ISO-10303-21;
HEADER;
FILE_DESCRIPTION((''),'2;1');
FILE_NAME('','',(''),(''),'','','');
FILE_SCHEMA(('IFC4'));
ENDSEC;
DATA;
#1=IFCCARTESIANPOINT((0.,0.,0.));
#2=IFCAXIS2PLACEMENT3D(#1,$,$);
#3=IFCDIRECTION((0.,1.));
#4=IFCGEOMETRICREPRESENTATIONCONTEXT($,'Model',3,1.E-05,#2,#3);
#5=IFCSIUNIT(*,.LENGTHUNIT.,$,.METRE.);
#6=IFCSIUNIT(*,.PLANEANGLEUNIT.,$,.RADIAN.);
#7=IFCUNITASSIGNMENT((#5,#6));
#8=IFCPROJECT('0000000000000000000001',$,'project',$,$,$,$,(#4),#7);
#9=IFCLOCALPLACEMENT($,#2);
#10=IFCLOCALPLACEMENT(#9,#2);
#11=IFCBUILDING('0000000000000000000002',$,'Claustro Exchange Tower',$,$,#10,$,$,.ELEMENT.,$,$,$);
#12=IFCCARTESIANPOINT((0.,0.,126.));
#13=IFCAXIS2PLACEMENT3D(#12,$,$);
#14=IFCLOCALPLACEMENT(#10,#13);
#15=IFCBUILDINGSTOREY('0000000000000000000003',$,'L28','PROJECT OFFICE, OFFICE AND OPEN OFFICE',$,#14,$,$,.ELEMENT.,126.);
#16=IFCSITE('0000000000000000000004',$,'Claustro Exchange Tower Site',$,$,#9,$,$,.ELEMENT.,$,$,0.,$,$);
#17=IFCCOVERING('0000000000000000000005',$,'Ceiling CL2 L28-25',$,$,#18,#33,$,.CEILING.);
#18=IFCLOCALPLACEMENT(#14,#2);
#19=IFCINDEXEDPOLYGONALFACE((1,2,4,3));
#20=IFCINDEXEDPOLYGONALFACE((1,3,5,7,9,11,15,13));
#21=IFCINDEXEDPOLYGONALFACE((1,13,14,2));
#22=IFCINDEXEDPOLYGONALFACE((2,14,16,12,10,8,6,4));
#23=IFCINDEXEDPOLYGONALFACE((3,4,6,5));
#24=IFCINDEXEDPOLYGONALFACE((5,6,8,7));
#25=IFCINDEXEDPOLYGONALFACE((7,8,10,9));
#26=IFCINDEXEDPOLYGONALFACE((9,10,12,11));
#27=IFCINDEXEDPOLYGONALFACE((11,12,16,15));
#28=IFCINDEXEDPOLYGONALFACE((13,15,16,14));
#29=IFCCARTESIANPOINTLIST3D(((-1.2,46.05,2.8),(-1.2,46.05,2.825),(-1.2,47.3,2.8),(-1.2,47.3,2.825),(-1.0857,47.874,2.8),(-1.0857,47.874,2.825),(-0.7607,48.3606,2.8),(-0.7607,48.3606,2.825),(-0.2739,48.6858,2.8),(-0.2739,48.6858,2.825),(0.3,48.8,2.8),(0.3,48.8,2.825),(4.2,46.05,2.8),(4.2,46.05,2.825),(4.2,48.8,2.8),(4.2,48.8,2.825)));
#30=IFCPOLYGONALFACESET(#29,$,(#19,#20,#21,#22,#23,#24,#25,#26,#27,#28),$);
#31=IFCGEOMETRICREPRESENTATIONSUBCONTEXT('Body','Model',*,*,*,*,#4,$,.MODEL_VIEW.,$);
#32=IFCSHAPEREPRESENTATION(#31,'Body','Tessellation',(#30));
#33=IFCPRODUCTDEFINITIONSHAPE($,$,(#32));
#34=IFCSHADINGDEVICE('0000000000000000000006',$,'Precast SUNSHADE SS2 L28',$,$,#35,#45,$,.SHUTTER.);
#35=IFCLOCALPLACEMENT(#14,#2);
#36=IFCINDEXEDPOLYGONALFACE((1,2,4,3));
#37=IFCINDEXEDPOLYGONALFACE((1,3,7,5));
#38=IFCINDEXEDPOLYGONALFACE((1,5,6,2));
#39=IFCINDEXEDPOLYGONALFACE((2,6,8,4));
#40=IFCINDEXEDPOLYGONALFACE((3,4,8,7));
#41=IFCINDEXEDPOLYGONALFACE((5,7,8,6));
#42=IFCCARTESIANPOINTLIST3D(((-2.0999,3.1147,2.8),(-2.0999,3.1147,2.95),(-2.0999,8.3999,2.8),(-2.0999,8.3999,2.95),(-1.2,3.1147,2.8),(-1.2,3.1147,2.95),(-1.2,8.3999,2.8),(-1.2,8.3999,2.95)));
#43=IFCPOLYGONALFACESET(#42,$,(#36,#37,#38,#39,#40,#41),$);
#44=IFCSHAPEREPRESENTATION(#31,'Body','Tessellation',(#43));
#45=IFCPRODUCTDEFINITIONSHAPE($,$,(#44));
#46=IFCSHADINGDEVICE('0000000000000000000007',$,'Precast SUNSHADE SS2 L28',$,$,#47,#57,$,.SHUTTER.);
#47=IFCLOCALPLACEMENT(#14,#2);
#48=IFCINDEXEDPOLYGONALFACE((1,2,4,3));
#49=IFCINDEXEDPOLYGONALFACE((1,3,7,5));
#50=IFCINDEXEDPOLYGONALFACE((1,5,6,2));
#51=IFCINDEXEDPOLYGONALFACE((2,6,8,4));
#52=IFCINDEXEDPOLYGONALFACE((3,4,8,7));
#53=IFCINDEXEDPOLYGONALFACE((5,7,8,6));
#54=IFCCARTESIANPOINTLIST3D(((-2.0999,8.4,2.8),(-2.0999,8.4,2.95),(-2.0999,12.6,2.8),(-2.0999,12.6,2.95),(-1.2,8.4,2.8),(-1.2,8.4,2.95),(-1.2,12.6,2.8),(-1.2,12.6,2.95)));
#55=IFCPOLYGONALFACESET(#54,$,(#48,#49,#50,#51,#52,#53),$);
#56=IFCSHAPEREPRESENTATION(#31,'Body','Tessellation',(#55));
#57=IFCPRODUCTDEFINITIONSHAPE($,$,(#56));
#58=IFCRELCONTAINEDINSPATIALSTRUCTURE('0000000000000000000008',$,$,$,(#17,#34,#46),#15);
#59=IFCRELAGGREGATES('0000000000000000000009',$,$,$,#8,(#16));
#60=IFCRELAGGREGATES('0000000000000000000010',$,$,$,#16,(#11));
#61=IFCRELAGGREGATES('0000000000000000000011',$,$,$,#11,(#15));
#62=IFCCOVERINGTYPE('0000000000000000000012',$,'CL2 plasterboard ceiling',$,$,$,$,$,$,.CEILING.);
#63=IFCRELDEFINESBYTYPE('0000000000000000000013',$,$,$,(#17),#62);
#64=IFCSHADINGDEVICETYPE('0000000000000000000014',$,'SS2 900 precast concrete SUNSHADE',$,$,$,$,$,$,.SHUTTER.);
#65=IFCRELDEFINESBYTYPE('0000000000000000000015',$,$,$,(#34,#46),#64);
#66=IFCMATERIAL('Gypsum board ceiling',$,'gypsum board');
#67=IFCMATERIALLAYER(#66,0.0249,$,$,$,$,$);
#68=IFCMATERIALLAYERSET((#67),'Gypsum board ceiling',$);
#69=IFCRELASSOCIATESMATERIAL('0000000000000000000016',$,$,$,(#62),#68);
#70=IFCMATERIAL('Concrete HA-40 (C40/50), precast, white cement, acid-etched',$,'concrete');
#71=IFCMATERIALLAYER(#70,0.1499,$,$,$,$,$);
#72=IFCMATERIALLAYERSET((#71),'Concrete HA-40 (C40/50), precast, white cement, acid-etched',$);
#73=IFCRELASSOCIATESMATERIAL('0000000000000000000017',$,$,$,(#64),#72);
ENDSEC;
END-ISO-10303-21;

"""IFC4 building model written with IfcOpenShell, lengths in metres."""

from ifc_helpers import new_model, si_unit, direction, frame, origin, origin_2d, place, context, subcontext, project, spatial, polyline, rectangle, outline, extrude, material, layer, layer_set, type_object, element, save


model = new_model("IFC4")

# Units and contexts
model_context = context("Model", 3, precision=1e-05, world=origin(), true_north=direction((0.0, 1.0)))
body_context = subcontext(model_context, "Body", "Model", "MODEL_VIEW")
ifc_project = project(units=[si_unit("LENGTHUNIT", "METRE"), si_unit("PLANEANGLEUNIT", "RADIAN")], contexts=[model_context])

# Site, building, storey
site_placement = place(None, origin())
site = spatial("IfcSite", under=ifc_project, at=site_placement, Name="Claustro Exchange Tower Site", CompositionType="ELEMENT", RefElevation=0.0)
building_placement = place(site_placement, origin())
building = spatial("IfcBuilding", under=site, at=building_placement, Name="Claustro Exchange Tower", CompositionType="ELEMENT")
storey_placement = place(building_placement, frame((0.0, 0.0, 126.0)))
storey = spatial("IfcBuildingStorey", under=building, at=storey_placement, Name="L28", Description="PROJECT OFFICE, OFFICE AND OPEN OFFICE", CompositionType="ELEMENT", Elevation=126.0)

# Covering
ifc_material_1 = material(Name="Gypsum board ceiling", Category="gypsum board")
ifc_layer_1 = layer(ifc_material_1, 0.0249)
ifc_layer_set_1 = layer_set([ifc_layer_1], Name="Gypsum board ceiling")
covering_type_1 = type_object("IfcCoveringType", Name="CL2 plasterboard ceiling", PredefinedType="CEILING", material=ifc_layer_set_1)
covering_1_placement = place(storey_placement, frame((0.0, 0.0, 2.8)))
element("IfcCovering", 1, at=covering_1_placement, inside=storey, type_object=covering_type_1, Name="Ceiling CL2 L28-25", PredefinedType="CEILING", context=body_context, shape_type="SweptSolid", body=[
    extrude(outline(polyline([(-1.2, 47.3), (-1.2, 46.05), (4.2, 46.05), (4.2, 48.8), (0.3, 48.8), (-0.2739, 48.6858), (-0.7607, 48.3606), (-1.0857, 47.874), (-1.2, 47.3)])), origin(), (0.0, 0.0, 1.0), 0.0249),
])

# Shading devices
ifc_material_2 = material(Name="Concrete HA-40 (C40/50), precast, white cement, acid-etched", Category="concrete")
ifc_layer_2 = layer(ifc_material_2, 0.1499)
ifc_layer_set_2 = layer_set([ifc_layer_2], Name="Concrete HA-40 (C40/50), precast, white cement, acid-etched")
shading_device_type = type_object("IfcShadingDeviceType", Name="SS2 900 precast concrete SUNSHADE", PredefinedType="SHUTTER", material=ifc_layer_set_2)
shading_device_1_placement = place(storey_placement, frame((-1.6499, 5.7573, 2.8), z_axis=(0.0, 0.0, 1.0), x_axis=(0.0, 1.0, 0.0)))
element("IfcShadingDevice", 2, at=shading_device_1_placement, inside=storey, type_object=shading_device_type, Name="Precast SUNSHADE SS2 L28", PredefinedType="SHUTTER", context=body_context, shape_type="SweptSolid", body=[
    extrude(rectangle(XDim=5.2852, YDim=0.8999, at=origin_2d()), origin(), (0.0, 0.0, 1.0), 0.1499),
])
shading_device_2_placement = place(storey_placement, frame((-1.6499, 10.5, 2.8), z_axis=(0.0, 0.0, 1.0), x_axis=(0.0, 1.0, 0.0)))
element("IfcShadingDevice", 3, at=shading_device_2_placement, inside=storey, type_object=shading_device_type, Name="Precast SUNSHADE SS2 L28", PredefinedType="SHUTTER", context=body_context, shape_type="SweptSolid", body=[
    extrude(rectangle(XDim=4.2, YDim=0.8999, at=origin_2d()), origin(), (0.0, 0.0, 1.0), 0.1499),
])

save(model, "model.ifc")
